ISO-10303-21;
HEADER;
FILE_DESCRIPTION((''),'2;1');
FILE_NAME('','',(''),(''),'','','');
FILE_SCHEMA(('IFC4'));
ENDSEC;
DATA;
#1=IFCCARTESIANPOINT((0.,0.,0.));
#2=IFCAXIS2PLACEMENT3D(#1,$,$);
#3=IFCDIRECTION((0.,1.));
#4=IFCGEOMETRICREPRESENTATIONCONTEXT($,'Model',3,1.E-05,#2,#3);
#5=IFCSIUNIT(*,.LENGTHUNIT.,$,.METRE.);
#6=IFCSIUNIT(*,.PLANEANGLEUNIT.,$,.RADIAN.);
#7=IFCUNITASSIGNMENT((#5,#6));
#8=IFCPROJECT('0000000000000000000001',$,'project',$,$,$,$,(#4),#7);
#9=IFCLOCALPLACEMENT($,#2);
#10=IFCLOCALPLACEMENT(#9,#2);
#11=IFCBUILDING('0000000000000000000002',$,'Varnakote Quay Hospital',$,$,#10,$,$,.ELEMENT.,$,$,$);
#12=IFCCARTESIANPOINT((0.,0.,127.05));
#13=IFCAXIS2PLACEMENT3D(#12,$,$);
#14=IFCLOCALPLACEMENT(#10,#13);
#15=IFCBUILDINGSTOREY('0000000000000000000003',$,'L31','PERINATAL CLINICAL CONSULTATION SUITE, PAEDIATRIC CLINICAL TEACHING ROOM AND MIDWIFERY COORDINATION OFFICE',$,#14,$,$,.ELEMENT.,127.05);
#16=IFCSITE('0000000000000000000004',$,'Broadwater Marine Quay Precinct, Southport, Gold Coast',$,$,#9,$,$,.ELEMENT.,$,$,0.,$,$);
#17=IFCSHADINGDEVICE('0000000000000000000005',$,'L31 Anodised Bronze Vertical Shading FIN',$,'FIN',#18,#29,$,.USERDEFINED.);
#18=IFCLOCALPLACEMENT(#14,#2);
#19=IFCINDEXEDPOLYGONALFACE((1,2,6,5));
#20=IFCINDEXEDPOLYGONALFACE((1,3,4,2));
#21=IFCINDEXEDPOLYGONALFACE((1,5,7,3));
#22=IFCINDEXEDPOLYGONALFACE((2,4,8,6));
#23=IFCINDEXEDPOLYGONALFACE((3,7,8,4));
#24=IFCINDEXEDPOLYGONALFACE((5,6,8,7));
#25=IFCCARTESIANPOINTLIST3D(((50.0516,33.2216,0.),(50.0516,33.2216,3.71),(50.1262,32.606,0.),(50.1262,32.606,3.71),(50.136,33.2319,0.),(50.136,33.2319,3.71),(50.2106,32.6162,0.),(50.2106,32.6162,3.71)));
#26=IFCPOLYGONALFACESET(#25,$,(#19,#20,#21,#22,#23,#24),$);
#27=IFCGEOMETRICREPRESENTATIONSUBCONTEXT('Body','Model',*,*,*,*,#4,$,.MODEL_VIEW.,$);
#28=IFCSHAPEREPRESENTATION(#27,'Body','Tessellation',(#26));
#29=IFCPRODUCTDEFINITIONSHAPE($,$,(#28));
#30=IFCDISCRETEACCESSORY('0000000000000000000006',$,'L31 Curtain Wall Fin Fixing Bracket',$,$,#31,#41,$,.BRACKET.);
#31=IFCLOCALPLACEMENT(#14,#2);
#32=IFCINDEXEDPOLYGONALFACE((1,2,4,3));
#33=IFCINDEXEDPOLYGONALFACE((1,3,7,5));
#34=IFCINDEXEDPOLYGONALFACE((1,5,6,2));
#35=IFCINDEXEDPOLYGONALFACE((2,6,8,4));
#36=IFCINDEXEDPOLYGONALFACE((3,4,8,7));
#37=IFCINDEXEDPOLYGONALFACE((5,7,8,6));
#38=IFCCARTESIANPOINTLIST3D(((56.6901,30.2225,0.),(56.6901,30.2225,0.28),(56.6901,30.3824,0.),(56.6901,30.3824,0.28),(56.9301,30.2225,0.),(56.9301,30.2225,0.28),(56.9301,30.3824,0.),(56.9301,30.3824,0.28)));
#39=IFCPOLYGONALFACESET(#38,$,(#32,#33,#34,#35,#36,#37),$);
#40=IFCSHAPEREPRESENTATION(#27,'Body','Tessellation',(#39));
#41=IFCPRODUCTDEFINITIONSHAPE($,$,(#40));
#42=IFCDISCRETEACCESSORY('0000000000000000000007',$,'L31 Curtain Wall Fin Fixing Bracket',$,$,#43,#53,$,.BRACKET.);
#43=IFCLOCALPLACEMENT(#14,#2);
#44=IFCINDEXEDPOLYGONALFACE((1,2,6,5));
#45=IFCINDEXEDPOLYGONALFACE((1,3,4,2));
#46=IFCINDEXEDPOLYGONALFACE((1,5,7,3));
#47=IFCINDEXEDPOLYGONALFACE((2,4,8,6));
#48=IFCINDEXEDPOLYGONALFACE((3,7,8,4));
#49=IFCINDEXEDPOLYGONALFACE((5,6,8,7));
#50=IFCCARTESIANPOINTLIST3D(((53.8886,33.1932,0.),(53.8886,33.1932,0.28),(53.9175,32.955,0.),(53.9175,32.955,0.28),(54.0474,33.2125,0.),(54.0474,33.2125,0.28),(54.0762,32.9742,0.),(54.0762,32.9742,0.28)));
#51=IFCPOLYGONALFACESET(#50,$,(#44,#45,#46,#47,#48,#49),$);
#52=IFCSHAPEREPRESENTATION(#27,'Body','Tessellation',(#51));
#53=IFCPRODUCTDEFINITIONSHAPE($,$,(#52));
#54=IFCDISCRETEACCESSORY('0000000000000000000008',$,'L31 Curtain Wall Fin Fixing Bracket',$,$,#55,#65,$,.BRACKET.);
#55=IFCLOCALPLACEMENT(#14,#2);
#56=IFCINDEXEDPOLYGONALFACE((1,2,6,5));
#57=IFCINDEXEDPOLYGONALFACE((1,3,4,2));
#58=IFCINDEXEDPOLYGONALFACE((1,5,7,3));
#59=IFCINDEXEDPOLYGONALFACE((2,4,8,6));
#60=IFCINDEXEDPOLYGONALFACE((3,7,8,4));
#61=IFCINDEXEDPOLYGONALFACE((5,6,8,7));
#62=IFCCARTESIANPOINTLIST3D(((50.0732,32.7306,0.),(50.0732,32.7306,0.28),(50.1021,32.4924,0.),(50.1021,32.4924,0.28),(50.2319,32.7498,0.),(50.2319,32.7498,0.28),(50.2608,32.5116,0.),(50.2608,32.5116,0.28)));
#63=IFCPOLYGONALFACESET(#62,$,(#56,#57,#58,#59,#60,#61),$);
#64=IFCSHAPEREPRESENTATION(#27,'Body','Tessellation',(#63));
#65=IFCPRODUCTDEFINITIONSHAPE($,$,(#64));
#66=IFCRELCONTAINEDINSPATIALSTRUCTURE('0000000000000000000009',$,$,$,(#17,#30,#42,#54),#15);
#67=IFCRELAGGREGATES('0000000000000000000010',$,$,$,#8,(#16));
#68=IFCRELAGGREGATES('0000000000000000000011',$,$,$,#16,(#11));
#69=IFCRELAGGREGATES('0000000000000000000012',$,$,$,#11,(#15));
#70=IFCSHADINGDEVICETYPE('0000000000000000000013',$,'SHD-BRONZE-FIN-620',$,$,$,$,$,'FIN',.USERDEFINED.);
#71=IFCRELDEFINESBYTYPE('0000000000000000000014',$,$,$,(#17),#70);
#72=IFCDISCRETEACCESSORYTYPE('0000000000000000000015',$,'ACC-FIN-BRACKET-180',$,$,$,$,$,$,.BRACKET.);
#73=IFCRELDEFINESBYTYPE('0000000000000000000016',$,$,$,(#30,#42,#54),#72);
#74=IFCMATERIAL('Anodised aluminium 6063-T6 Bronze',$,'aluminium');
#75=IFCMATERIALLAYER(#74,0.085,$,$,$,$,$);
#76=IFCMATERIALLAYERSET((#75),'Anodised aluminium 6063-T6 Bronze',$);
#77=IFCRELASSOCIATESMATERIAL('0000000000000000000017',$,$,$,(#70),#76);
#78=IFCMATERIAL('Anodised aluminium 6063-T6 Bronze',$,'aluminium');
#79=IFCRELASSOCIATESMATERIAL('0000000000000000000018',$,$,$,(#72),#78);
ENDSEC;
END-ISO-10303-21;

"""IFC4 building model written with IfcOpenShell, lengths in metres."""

from ifc_helpers import new_model, si_unit, direction, frame, origin, origin_2d, place, context, subcontext, project, spatial, rectangle, extrude, material, layer, layer_set, type_object, element, save


model = new_model("IFC4")

# Units and contexts
model_context = context("Model", 3, precision=1e-05, world=origin(), true_north=direction((0.0, 1.0)))
body_context = subcontext(model_context, "Body", "Model", "MODEL_VIEW")
ifc_project = project(units=[si_unit("LENGTHUNIT", "METRE"), si_unit("PLANEANGLEUNIT", "RADIAN")], contexts=[model_context])

# Site, building, storey
site_placement = place(None, origin())
site = spatial("IfcSite", under=ifc_project, at=site_placement, Name="Broadwater Marine Quay Precinct, Southport, Gold Coast", CompositionType="ELEMENT", RefElevation=0.0)
building_placement = place(site_placement, origin())
building = spatial("IfcBuilding", under=site, at=building_placement, Name="Varnakote Quay Hospital", CompositionType="ELEMENT")
storey_placement = place(building_placement, frame((0.0, 0.0, 127.05)))
storey = spatial("IfcBuildingStorey", under=building, at=storey_placement, Name="L31", Description="PERINATAL CLINICAL CONSULTATION SUITE, PAEDIATRIC CLINICAL TEACHING ROOM AND MIDWIFERY COORDINATION OFFICE", CompositionType="ELEMENT", Elevation=127.05)

# Shading device
ifc_material_1 = material(Name="Anodised aluminium 6063-T6 Bronze", Category="aluminium")
ifc_layer_1 = layer(ifc_material_1, 0.085)
ifc_layer_set_1 = layer_set([ifc_layer_1], Name="Anodised aluminium 6063-T6 Bronze")
shading_device_type = type_object("IfcShadingDeviceType", Name="SHD-BRONZE-FIN-620", ElementType="FIN", PredefinedType="USERDEFINED", material=ifc_layer_set_1)
for number, where, z_axis, x_axis, name in (
    (1, (50.1311, 32.9189, 0.0), (0.0, 0.0, 1.0), (0.12031, -0.992736, 0.0), "L31 Anodised Bronze Vertical Shading FIN"),
):
    element("IfcShadingDevice", number, at=place(storey_placement, frame(where, z_axis=z_axis, x_axis=x_axis)), inside=storey, type_object=shading_device_type, Name=name, ObjectType="FIN", PredefinedType="USERDEFINED", context=body_context, shape_type="SweptSolid", body=[
        extrude(rectangle(XDim=0.6201, YDim=0.085, at=origin_2d()), origin(), (0.0, 0.0, 1.0), 3.71),
    ])

# Discrete accessories
ifc_material_2 = material(Name="Anodised aluminium 6063-T6 Bronze", Category="aluminium")
discrete_accessory_type = type_object("IfcDiscreteAccessoryType", Name="ACC-FIN-BRACKET-180", PredefinedType="BRACKET", material=ifc_material_2)
for number, where, z_axis, x_axis, name in (
    (2, (56.8101, 30.3025, 0.0), (0.0, 0.0, 1.0), (0.0, 1.0, 0.0), "L31 Curtain Wall Fin Fixing Bracket"),
    (3, (53.9824, 33.0837, 0.0), (0.0, 0.0, 1.0), (-0.992736, -0.12031, 0.0), "L31 Curtain Wall Fin Fixing Bracket"),
    (4, (50.167, 32.6211, 0.0), (0.0, 0.0, 1.0), (-0.992736, -0.12031, 0.0), "L31 Curtain Wall Fin Fixing Bracket"),
):
    element("IfcDiscreteAccessory", number, at=place(storey_placement, frame(where, z_axis=z_axis, x_axis=x_axis)), inside=storey, type_object=discrete_accessory_type, Name=name, PredefinedType="BRACKET", context=body_context, shape_type="SweptSolid", body=[
        extrude(rectangle(XDim=0.1599, YDim=0.24, at=origin_2d()), origin(), (0.0, 0.0, 1.0), 0.28),
    ])

save(model, "model.ifc")
